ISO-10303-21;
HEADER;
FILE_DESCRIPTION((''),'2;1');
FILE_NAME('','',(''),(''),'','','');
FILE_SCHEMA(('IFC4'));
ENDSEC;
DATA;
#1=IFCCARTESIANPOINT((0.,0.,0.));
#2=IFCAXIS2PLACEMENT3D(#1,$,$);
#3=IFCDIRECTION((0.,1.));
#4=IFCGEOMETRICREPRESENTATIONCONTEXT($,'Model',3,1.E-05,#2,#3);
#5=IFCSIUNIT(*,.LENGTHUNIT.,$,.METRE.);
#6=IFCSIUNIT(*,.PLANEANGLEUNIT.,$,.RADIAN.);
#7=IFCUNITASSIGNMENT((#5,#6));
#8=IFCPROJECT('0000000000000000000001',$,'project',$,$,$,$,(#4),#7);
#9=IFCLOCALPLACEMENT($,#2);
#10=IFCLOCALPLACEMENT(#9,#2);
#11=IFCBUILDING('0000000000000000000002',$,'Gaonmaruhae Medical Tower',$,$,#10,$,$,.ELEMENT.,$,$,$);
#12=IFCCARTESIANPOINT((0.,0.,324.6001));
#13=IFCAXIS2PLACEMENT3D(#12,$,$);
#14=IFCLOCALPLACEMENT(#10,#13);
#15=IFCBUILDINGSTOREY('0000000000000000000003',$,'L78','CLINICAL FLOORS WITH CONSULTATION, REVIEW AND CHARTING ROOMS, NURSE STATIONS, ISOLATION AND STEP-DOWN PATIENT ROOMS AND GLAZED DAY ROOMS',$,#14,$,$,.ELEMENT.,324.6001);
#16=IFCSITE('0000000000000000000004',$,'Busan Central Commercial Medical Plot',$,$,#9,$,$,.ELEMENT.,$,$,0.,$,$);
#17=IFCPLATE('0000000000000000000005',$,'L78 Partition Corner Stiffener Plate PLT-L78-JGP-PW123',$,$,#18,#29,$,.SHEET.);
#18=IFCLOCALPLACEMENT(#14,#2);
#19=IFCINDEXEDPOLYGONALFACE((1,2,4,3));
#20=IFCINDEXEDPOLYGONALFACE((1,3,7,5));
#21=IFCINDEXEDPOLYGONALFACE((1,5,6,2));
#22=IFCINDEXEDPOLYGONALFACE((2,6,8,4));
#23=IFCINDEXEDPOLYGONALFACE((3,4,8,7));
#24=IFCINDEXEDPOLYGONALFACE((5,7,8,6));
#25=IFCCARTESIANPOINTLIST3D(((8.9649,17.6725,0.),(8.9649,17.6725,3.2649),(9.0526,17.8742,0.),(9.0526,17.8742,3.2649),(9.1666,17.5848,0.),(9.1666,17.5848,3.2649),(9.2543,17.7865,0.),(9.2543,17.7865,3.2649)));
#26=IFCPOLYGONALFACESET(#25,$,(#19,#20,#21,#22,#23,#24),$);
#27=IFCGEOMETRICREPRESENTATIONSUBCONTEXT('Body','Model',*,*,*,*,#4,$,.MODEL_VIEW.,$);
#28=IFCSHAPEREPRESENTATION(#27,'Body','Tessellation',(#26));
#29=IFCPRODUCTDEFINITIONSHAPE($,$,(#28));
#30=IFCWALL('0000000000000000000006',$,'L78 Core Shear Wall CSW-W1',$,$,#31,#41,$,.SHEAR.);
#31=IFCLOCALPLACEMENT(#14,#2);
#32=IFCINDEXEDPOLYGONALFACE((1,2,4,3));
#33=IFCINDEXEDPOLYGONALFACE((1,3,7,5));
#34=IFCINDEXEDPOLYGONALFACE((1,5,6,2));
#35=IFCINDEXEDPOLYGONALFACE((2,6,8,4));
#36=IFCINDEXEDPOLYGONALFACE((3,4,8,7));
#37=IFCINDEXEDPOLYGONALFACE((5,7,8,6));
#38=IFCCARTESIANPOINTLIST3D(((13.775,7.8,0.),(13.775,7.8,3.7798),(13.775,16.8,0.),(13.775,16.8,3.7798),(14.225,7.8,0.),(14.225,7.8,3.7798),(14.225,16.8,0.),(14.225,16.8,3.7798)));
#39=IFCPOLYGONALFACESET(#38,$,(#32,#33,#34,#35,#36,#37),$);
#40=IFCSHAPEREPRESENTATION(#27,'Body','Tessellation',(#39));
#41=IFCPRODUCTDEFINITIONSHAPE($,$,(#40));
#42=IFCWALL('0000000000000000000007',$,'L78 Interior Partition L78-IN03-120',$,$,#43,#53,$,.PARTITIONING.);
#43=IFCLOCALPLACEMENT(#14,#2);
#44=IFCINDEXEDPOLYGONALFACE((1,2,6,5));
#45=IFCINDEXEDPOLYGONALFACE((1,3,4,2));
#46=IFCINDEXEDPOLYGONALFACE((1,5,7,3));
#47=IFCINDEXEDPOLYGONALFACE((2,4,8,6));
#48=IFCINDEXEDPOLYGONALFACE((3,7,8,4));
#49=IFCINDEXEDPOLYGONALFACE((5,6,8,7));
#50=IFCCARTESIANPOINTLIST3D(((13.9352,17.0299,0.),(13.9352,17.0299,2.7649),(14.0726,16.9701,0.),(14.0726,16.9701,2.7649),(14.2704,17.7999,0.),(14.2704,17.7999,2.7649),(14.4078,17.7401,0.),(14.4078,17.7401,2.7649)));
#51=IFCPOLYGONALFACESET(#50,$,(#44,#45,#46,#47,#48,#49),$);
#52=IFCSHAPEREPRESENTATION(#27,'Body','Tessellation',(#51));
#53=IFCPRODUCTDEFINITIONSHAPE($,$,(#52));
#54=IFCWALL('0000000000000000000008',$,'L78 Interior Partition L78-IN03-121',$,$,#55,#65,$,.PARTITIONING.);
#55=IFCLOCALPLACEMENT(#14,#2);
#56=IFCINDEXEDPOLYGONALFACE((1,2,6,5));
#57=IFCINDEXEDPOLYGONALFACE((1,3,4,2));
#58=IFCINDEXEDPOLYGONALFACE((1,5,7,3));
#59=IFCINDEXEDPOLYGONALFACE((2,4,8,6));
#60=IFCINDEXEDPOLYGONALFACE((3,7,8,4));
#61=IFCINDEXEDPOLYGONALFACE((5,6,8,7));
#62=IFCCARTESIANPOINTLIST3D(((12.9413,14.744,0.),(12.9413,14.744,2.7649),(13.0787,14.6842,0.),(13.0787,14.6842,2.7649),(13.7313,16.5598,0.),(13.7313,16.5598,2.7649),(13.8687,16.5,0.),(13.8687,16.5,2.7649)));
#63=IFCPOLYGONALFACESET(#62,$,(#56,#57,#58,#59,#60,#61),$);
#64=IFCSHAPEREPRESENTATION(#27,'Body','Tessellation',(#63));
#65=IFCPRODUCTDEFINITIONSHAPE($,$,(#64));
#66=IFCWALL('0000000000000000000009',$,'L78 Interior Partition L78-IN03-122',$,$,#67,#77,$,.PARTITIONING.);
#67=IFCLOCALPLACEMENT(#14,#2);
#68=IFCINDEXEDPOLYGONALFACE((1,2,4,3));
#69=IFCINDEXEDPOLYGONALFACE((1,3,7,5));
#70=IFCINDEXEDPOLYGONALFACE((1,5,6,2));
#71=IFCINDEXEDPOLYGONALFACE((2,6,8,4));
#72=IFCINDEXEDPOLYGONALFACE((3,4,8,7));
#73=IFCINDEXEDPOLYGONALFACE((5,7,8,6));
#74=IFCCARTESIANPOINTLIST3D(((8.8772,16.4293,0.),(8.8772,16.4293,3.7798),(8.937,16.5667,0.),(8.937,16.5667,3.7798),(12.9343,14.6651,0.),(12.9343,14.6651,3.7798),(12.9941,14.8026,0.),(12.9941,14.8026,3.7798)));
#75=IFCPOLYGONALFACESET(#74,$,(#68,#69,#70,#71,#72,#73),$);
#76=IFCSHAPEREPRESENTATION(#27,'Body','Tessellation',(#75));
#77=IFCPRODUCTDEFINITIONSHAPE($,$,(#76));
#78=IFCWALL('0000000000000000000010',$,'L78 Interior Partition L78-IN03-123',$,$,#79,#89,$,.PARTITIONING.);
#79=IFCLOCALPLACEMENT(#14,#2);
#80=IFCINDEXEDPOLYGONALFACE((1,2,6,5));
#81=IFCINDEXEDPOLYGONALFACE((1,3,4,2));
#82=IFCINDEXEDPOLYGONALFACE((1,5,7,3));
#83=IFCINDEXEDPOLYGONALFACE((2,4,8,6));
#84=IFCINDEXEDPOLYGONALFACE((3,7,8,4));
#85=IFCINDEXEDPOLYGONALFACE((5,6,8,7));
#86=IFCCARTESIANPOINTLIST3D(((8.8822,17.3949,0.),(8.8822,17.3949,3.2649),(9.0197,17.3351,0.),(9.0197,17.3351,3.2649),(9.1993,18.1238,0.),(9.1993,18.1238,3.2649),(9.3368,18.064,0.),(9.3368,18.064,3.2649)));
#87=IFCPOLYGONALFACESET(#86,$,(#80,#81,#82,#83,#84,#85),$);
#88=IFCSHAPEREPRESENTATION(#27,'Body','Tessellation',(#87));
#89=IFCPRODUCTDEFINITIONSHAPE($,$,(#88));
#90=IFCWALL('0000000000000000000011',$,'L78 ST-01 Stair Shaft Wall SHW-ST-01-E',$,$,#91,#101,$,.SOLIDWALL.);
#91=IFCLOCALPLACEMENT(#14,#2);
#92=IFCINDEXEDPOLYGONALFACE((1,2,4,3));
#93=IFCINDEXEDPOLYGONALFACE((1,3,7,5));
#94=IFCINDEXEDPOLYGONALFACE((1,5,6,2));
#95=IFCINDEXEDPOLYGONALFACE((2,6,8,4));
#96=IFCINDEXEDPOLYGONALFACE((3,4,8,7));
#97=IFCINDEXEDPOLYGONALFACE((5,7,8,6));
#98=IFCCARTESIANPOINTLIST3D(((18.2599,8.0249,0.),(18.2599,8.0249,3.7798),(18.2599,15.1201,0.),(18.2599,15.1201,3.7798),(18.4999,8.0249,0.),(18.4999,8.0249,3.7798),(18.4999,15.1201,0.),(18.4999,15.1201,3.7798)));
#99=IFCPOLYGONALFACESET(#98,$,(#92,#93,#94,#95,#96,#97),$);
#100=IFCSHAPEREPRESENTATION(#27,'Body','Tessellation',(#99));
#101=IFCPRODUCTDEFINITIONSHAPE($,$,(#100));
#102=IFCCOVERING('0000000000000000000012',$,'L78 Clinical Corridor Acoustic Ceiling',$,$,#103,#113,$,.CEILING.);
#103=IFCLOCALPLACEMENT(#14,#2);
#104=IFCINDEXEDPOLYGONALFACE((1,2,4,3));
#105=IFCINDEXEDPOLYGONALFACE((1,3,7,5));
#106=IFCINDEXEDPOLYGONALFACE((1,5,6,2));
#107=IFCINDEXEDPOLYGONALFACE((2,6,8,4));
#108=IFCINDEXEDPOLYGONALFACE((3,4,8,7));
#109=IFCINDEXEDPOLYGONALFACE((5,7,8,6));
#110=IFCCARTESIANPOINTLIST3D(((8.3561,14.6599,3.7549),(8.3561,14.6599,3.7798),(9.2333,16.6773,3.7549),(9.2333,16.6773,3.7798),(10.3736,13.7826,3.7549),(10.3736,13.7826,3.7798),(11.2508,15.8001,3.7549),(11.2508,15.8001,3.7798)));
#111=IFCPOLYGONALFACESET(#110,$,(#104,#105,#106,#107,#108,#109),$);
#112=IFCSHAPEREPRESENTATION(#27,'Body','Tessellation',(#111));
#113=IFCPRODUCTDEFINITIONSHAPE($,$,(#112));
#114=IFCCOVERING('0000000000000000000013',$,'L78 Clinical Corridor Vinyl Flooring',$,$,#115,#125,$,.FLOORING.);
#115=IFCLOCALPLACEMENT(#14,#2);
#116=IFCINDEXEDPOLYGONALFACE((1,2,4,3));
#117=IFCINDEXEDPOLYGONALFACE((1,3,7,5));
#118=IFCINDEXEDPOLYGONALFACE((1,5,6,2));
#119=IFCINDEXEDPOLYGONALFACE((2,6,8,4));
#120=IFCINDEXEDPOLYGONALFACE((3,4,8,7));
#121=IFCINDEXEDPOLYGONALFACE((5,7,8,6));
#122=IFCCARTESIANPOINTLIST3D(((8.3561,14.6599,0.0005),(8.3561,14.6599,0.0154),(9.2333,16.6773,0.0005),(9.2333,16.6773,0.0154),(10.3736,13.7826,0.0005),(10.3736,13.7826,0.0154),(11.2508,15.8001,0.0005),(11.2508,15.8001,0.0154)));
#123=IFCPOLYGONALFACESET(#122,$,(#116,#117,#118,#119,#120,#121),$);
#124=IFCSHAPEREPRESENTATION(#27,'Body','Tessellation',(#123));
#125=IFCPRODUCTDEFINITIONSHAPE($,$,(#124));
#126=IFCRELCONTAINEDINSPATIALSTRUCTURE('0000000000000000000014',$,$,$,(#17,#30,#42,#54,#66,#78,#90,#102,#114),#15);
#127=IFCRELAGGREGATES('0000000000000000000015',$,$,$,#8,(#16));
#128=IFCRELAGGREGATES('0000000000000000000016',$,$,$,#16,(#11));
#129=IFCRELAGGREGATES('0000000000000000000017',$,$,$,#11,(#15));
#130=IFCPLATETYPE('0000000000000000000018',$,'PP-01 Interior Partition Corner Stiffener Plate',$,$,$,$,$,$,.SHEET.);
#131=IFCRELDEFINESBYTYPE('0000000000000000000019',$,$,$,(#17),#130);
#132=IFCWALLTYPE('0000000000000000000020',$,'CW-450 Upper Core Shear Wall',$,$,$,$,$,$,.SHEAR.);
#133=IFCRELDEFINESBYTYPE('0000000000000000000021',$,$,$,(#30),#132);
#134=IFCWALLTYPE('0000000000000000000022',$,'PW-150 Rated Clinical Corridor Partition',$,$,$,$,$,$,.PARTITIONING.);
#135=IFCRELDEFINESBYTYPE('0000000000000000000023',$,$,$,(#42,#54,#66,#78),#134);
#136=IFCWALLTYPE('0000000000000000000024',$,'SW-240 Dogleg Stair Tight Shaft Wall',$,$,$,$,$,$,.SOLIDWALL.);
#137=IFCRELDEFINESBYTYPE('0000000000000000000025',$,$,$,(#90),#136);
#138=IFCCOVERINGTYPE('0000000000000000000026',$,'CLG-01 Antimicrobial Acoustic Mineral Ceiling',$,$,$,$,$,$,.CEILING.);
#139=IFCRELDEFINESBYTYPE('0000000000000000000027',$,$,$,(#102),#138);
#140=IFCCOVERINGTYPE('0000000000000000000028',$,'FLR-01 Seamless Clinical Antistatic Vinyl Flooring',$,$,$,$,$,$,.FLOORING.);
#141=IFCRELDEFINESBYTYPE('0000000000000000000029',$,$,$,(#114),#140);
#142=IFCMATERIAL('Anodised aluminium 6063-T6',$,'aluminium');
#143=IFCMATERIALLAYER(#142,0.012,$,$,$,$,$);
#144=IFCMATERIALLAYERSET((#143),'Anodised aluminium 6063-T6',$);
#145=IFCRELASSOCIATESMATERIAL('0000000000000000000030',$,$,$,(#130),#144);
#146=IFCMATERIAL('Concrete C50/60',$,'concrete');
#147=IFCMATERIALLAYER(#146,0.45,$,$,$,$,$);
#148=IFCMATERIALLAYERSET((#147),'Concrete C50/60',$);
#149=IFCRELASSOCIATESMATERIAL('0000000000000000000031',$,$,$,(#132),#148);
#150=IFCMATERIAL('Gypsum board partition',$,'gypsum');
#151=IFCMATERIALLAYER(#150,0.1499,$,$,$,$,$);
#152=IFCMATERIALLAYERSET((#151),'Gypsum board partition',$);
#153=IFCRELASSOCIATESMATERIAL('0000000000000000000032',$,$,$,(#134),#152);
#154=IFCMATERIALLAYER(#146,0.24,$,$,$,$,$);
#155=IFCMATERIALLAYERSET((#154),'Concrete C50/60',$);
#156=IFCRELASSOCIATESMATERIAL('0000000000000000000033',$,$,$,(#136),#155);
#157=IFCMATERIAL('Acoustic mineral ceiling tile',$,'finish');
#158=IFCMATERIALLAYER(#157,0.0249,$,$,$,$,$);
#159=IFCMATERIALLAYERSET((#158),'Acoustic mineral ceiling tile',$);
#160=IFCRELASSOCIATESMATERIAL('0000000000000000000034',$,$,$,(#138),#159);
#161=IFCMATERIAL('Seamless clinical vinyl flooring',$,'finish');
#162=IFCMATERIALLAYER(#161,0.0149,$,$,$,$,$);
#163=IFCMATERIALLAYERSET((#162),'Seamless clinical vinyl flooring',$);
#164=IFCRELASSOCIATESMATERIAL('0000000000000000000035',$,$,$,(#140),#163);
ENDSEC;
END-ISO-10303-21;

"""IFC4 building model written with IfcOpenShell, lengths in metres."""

from ifc_helpers import new_model, si_unit, direction, frame, frame_2d, origin, origin_2d, place, context, subcontext, project, spatial, rectangle, extrude, material, layer, layer_set, type_object, element, save


model = new_model("IFC4")

# Units and contexts
model_context = context("Model", 3, precision=1e-05, world=origin(), true_north=direction((0.0, 1.0)))
body_context = subcontext(model_context, "Body", "Model", "MODEL_VIEW")
ifc_project = project(units=[si_unit("LENGTHUNIT", "METRE"), si_unit("PLANEANGLEUNIT", "RADIAN")], contexts=[model_context])

# Site, building, storey
site_placement = place(None, origin())
site = spatial("IfcSite", under=ifc_project, at=site_placement, Name="Busan Central Commercial Medical Plot", CompositionType="ELEMENT", RefElevation=0.0)
building_placement = place(site_placement, origin())
building = spatial("IfcBuilding", under=site, at=building_placement, Name="Gaonmaruhae Medical Tower", CompositionType="ELEMENT")
storey_placement = place(building_placement, frame((0.0, 0.0, 324.6001)))
storey = spatial("IfcBuildingStorey", under=building, at=storey_placement, Name="L78", Description="CLINICAL FLOORS WITH CONSULTATION, REVIEW AND CHARTING ROOMS, NURSE STATIONS, ISOLATION AND STEP-DOWN PATIENT ROOMS AND GLAZED DAY ROOMS", CompositionType="ELEMENT", Elevation=324.6001)

# Shared definitions
ifc_material_1 = material(Name="Concrete C50/60", Category="concrete")

# Plate
ifc_material_2 = material(Name="Anodised aluminium 6063-T6", Category="aluminium")
ifc_layer_1 = layer(ifc_material_2, 0.012)
ifc_layer_set_1 = layer_set([ifc_layer_1], Name="Anodised aluminium 6063-T6")
plate_type_1 = type_object("IfcPlateType", Name="PP-01 Interior Partition Corner Stiffener Plate", PredefinedType="SHEET", material=ifc_layer_set_1)
plate_1_placement = place(storey_placement, frame((9.1096, 17.7295, 0.0), z_axis=(0.0, 0.0, 1.0), x_axis=(0.398765, 0.917053, 0.0)))
element("IfcPlate", 1, at=plate_1_placement, inside=storey, type_object=plate_type_1, Name="L78 Partition Corner Stiffener Plate PLT-L78-JGP-PW123", PredefinedType="SHEET", context=body_context, shape_type="SweptSolid", body=[
    extrude(rectangle(XDim=0.22, YDim=0.22, at=origin_2d()), origin(), (0.0, 0.0, 1.0), 3.2649),
])

# Walls
ifc_layer_2 = layer(ifc_material_1, 0.45)
ifc_layer_set_2 = layer_set([ifc_layer_2], Name="Concrete C50/60")
wall_type_1 = type_object("IfcWallType", Name="CW-450 Upper Core Shear Wall", PredefinedType="SHEAR", material=ifc_layer_set_2)
wall_1_placement = place(storey_placement, frame((14.0, 16.8, 0.0), z_axis=(0.0, 0.0, 1.0), x_axis=(0.0, -1.0, 0.0)))
element("IfcWall", 2, at=wall_1_placement, inside=storey, type_object=wall_type_1, Name="L78 Core Shear Wall CSW-W1", PredefinedType="SHEAR", context=body_context, shape_type="SweptSolid", body=[
    extrude(rectangle(XDim=9.0, YDim=0.45, at=frame_2d((4.5, 0.0))), origin(), (0.0, 0.0, 1.0), 3.7798),
])
ifc_material_3 = material(Name="Gypsum board partition", Category="gypsum")
ifc_layer_3 = layer(ifc_material_3, 0.1499)
ifc_layer_set_3 = layer_set([ifc_layer_3], Name="Gypsum board partition")
wall_type_2 = type_object("IfcWallType", Name="PW-150 Rated Clinical Corridor Partition", PredefinedType="PARTITIONING", material=ifc_layer_set_3)
wall_2_placement = place(storey_placement, frame((14.3391, 17.77, 0.0), z_axis=(0.0, 0.0, 1.0), x_axis=(-0.399141, -0.91689, 0.0)))
element("IfcWall", 3, at=wall_2_placement, inside=storey, type_object=wall_type_2, Name="L78 Interior Partition L78-IN03-120", PredefinedType="PARTITIONING", context=body_context, shape_type="SweptSolid", body=[
    extrude(rectangle(XDim=0.8398, YDim=0.1499, at=frame_2d((0.4199, 0.0))), origin(), (0.0, 0.0, 1.0), 2.7649),
])
wall_3_placement = place(storey_placement, frame((13.8, 16.53, 0.0), z_axis=(0.0, 0.0, 1.0), x_axis=(-0.398942, -0.916976, 0.0)))
element("IfcWall", 4, at=wall_3_placement, inside=storey, type_object=wall_type_2, Name="L78 Interior Partition L78-IN03-121", PredefinedType="PARTITIONING", context=body_context, shape_type="SweptSolid", body=[
    extrude(rectangle(XDim=1.9802, YDim=0.1499, at=frame_2d((0.9902, 0.0))), origin(), (0.0, 0.0, 1.0), 2.7649),
])
wall_4_placement = place(storey_placement, frame((12.9641, 14.7339, 0.0), z_axis=(0.0, 0.0, 1.0), x_axis=(-0.917054, 0.398762, 0.0)))
element("IfcWall", 5, at=wall_4_placement, inside=storey, type_object=wall_type_2, Name="L78 Interior Partition L78-IN03-122", PredefinedType="PARTITIONING", context=body_context, shape_type="SweptSolid", body=[
    extrude(rectangle(XDim=4.4241, YDim=0.1499, at=frame_2d((2.2119, 0.0))), origin(), (0.0, 0.0, 1.0), 3.7798),
])
wall_5_placement = place(storey_placement, frame((8.9509, 17.365, 0.0), z_axis=(0.0, 0.0, 1.0), x_axis=(0.398917, 0.916987, 0.0)))
element("IfcWall", 6, at=wall_5_placement, inside=storey, type_object=wall_type_2, Name="L78 Interior Partition L78-IN03-123", PredefinedType="PARTITIONING", context=body_context, shape_type="SweptSolid", body=[
    extrude(rectangle(XDim=0.7949, YDim=0.1499, at=frame_2d((0.3975, 0.0))), origin(), (0.0, 0.0, 1.0), 3.2649),
])

# Shared definitions
ifc_layer_4 = layer(ifc_material_1, 0.24)
ifc_layer_set_4 = layer_set([ifc_layer_4], Name="Concrete C50/60")
wall_type_3 = type_object("IfcWallType", Name="SW-240 Dogleg Stair Tight Shaft Wall", PredefinedType="SOLIDWALL", material=ifc_layer_set_4)

# Wall
wall_6_placement = place(storey_placement, frame((18.3799, 15.1201, 0.0), z_axis=(0.0, 0.0, 1.0), x_axis=(0.0, -1.0, 0.0)))
element("IfcWall", 7, at=wall_6_placement, inside=storey, type_object=wall_type_3, Name="L78 ST-01 Stair Shaft Wall SHW-ST-01-E", PredefinedType="SOLIDWALL", context=body_context, shape_type="SweptSolid", body=[
    extrude(rectangle(XDim=7.0952, YDim=0.24, at=frame_2d((3.5476, 0.0))), origin(), (0.0, 0.0, 1.0), 3.7798),
])

# Coverings
ifc_material_4 = material(Name="Acoustic mineral ceiling tile", Category="finish")
ifc_layer_5 = layer(ifc_material_4, 0.0249)
ifc_layer_set_5 = layer_set([ifc_layer_5], Name="Acoustic mineral ceiling tile")
covering_type_1 = type_object("IfcCoveringType", Name="CLG-01 Antimicrobial Acoustic Mineral Ceiling", PredefinedType="CEILING", material=ifc_layer_set_5)
covering_1_placement = place(storey_placement, frame((9.8035, 15.23, 3.7549), z_axis=(0.0, 0.0, 1.0), x_axis=(0.398749, 0.91706, 0.0)))
element("IfcCovering", 8, at=covering_1_placement, inside=storey, type_object=covering_type_1, Name="L78 Clinical Corridor Acoustic Ceiling", PredefinedType="CEILING", context=body_context, shape_type="SweptSolid", body=[
    extrude(rectangle(XDim=2.2, YDim=2.2, at=origin_2d()), origin(), (0.0, 0.0, 1.0), 0.0249),
])
ifc_material_5 = material(Name="Seamless clinical vinyl flooring", Category="finish")
ifc_layer_6 = layer(ifc_material_5, 0.0149)
ifc_layer_set_6 = layer_set([ifc_layer_6], Name="Seamless clinical vinyl flooring")
covering_type_2 = type_object("IfcCoveringType", Name="FLR-01 Seamless Clinical Antistatic Vinyl Flooring", PredefinedType="FLOORING", material=ifc_layer_set_6)
covering_2_placement = place(storey_placement, frame((9.8035, 15.23, 0.0005), z_axis=(0.0, 0.0, 1.0), x_axis=(0.398749, 0.91706, 0.0)))
element("IfcCovering", 9, at=covering_2_placement, inside=storey, type_object=covering_type_2, Name="L78 Clinical Corridor Vinyl Flooring", PredefinedType="FLOORING", context=body_context, shape_type="SweptSolid", body=[
    extrude(rectangle(XDim=2.2, YDim=2.2, at=origin_2d()), origin(), (0.0, 0.0, 1.0), 0.0149),
])

save(model, "model.ifc")
